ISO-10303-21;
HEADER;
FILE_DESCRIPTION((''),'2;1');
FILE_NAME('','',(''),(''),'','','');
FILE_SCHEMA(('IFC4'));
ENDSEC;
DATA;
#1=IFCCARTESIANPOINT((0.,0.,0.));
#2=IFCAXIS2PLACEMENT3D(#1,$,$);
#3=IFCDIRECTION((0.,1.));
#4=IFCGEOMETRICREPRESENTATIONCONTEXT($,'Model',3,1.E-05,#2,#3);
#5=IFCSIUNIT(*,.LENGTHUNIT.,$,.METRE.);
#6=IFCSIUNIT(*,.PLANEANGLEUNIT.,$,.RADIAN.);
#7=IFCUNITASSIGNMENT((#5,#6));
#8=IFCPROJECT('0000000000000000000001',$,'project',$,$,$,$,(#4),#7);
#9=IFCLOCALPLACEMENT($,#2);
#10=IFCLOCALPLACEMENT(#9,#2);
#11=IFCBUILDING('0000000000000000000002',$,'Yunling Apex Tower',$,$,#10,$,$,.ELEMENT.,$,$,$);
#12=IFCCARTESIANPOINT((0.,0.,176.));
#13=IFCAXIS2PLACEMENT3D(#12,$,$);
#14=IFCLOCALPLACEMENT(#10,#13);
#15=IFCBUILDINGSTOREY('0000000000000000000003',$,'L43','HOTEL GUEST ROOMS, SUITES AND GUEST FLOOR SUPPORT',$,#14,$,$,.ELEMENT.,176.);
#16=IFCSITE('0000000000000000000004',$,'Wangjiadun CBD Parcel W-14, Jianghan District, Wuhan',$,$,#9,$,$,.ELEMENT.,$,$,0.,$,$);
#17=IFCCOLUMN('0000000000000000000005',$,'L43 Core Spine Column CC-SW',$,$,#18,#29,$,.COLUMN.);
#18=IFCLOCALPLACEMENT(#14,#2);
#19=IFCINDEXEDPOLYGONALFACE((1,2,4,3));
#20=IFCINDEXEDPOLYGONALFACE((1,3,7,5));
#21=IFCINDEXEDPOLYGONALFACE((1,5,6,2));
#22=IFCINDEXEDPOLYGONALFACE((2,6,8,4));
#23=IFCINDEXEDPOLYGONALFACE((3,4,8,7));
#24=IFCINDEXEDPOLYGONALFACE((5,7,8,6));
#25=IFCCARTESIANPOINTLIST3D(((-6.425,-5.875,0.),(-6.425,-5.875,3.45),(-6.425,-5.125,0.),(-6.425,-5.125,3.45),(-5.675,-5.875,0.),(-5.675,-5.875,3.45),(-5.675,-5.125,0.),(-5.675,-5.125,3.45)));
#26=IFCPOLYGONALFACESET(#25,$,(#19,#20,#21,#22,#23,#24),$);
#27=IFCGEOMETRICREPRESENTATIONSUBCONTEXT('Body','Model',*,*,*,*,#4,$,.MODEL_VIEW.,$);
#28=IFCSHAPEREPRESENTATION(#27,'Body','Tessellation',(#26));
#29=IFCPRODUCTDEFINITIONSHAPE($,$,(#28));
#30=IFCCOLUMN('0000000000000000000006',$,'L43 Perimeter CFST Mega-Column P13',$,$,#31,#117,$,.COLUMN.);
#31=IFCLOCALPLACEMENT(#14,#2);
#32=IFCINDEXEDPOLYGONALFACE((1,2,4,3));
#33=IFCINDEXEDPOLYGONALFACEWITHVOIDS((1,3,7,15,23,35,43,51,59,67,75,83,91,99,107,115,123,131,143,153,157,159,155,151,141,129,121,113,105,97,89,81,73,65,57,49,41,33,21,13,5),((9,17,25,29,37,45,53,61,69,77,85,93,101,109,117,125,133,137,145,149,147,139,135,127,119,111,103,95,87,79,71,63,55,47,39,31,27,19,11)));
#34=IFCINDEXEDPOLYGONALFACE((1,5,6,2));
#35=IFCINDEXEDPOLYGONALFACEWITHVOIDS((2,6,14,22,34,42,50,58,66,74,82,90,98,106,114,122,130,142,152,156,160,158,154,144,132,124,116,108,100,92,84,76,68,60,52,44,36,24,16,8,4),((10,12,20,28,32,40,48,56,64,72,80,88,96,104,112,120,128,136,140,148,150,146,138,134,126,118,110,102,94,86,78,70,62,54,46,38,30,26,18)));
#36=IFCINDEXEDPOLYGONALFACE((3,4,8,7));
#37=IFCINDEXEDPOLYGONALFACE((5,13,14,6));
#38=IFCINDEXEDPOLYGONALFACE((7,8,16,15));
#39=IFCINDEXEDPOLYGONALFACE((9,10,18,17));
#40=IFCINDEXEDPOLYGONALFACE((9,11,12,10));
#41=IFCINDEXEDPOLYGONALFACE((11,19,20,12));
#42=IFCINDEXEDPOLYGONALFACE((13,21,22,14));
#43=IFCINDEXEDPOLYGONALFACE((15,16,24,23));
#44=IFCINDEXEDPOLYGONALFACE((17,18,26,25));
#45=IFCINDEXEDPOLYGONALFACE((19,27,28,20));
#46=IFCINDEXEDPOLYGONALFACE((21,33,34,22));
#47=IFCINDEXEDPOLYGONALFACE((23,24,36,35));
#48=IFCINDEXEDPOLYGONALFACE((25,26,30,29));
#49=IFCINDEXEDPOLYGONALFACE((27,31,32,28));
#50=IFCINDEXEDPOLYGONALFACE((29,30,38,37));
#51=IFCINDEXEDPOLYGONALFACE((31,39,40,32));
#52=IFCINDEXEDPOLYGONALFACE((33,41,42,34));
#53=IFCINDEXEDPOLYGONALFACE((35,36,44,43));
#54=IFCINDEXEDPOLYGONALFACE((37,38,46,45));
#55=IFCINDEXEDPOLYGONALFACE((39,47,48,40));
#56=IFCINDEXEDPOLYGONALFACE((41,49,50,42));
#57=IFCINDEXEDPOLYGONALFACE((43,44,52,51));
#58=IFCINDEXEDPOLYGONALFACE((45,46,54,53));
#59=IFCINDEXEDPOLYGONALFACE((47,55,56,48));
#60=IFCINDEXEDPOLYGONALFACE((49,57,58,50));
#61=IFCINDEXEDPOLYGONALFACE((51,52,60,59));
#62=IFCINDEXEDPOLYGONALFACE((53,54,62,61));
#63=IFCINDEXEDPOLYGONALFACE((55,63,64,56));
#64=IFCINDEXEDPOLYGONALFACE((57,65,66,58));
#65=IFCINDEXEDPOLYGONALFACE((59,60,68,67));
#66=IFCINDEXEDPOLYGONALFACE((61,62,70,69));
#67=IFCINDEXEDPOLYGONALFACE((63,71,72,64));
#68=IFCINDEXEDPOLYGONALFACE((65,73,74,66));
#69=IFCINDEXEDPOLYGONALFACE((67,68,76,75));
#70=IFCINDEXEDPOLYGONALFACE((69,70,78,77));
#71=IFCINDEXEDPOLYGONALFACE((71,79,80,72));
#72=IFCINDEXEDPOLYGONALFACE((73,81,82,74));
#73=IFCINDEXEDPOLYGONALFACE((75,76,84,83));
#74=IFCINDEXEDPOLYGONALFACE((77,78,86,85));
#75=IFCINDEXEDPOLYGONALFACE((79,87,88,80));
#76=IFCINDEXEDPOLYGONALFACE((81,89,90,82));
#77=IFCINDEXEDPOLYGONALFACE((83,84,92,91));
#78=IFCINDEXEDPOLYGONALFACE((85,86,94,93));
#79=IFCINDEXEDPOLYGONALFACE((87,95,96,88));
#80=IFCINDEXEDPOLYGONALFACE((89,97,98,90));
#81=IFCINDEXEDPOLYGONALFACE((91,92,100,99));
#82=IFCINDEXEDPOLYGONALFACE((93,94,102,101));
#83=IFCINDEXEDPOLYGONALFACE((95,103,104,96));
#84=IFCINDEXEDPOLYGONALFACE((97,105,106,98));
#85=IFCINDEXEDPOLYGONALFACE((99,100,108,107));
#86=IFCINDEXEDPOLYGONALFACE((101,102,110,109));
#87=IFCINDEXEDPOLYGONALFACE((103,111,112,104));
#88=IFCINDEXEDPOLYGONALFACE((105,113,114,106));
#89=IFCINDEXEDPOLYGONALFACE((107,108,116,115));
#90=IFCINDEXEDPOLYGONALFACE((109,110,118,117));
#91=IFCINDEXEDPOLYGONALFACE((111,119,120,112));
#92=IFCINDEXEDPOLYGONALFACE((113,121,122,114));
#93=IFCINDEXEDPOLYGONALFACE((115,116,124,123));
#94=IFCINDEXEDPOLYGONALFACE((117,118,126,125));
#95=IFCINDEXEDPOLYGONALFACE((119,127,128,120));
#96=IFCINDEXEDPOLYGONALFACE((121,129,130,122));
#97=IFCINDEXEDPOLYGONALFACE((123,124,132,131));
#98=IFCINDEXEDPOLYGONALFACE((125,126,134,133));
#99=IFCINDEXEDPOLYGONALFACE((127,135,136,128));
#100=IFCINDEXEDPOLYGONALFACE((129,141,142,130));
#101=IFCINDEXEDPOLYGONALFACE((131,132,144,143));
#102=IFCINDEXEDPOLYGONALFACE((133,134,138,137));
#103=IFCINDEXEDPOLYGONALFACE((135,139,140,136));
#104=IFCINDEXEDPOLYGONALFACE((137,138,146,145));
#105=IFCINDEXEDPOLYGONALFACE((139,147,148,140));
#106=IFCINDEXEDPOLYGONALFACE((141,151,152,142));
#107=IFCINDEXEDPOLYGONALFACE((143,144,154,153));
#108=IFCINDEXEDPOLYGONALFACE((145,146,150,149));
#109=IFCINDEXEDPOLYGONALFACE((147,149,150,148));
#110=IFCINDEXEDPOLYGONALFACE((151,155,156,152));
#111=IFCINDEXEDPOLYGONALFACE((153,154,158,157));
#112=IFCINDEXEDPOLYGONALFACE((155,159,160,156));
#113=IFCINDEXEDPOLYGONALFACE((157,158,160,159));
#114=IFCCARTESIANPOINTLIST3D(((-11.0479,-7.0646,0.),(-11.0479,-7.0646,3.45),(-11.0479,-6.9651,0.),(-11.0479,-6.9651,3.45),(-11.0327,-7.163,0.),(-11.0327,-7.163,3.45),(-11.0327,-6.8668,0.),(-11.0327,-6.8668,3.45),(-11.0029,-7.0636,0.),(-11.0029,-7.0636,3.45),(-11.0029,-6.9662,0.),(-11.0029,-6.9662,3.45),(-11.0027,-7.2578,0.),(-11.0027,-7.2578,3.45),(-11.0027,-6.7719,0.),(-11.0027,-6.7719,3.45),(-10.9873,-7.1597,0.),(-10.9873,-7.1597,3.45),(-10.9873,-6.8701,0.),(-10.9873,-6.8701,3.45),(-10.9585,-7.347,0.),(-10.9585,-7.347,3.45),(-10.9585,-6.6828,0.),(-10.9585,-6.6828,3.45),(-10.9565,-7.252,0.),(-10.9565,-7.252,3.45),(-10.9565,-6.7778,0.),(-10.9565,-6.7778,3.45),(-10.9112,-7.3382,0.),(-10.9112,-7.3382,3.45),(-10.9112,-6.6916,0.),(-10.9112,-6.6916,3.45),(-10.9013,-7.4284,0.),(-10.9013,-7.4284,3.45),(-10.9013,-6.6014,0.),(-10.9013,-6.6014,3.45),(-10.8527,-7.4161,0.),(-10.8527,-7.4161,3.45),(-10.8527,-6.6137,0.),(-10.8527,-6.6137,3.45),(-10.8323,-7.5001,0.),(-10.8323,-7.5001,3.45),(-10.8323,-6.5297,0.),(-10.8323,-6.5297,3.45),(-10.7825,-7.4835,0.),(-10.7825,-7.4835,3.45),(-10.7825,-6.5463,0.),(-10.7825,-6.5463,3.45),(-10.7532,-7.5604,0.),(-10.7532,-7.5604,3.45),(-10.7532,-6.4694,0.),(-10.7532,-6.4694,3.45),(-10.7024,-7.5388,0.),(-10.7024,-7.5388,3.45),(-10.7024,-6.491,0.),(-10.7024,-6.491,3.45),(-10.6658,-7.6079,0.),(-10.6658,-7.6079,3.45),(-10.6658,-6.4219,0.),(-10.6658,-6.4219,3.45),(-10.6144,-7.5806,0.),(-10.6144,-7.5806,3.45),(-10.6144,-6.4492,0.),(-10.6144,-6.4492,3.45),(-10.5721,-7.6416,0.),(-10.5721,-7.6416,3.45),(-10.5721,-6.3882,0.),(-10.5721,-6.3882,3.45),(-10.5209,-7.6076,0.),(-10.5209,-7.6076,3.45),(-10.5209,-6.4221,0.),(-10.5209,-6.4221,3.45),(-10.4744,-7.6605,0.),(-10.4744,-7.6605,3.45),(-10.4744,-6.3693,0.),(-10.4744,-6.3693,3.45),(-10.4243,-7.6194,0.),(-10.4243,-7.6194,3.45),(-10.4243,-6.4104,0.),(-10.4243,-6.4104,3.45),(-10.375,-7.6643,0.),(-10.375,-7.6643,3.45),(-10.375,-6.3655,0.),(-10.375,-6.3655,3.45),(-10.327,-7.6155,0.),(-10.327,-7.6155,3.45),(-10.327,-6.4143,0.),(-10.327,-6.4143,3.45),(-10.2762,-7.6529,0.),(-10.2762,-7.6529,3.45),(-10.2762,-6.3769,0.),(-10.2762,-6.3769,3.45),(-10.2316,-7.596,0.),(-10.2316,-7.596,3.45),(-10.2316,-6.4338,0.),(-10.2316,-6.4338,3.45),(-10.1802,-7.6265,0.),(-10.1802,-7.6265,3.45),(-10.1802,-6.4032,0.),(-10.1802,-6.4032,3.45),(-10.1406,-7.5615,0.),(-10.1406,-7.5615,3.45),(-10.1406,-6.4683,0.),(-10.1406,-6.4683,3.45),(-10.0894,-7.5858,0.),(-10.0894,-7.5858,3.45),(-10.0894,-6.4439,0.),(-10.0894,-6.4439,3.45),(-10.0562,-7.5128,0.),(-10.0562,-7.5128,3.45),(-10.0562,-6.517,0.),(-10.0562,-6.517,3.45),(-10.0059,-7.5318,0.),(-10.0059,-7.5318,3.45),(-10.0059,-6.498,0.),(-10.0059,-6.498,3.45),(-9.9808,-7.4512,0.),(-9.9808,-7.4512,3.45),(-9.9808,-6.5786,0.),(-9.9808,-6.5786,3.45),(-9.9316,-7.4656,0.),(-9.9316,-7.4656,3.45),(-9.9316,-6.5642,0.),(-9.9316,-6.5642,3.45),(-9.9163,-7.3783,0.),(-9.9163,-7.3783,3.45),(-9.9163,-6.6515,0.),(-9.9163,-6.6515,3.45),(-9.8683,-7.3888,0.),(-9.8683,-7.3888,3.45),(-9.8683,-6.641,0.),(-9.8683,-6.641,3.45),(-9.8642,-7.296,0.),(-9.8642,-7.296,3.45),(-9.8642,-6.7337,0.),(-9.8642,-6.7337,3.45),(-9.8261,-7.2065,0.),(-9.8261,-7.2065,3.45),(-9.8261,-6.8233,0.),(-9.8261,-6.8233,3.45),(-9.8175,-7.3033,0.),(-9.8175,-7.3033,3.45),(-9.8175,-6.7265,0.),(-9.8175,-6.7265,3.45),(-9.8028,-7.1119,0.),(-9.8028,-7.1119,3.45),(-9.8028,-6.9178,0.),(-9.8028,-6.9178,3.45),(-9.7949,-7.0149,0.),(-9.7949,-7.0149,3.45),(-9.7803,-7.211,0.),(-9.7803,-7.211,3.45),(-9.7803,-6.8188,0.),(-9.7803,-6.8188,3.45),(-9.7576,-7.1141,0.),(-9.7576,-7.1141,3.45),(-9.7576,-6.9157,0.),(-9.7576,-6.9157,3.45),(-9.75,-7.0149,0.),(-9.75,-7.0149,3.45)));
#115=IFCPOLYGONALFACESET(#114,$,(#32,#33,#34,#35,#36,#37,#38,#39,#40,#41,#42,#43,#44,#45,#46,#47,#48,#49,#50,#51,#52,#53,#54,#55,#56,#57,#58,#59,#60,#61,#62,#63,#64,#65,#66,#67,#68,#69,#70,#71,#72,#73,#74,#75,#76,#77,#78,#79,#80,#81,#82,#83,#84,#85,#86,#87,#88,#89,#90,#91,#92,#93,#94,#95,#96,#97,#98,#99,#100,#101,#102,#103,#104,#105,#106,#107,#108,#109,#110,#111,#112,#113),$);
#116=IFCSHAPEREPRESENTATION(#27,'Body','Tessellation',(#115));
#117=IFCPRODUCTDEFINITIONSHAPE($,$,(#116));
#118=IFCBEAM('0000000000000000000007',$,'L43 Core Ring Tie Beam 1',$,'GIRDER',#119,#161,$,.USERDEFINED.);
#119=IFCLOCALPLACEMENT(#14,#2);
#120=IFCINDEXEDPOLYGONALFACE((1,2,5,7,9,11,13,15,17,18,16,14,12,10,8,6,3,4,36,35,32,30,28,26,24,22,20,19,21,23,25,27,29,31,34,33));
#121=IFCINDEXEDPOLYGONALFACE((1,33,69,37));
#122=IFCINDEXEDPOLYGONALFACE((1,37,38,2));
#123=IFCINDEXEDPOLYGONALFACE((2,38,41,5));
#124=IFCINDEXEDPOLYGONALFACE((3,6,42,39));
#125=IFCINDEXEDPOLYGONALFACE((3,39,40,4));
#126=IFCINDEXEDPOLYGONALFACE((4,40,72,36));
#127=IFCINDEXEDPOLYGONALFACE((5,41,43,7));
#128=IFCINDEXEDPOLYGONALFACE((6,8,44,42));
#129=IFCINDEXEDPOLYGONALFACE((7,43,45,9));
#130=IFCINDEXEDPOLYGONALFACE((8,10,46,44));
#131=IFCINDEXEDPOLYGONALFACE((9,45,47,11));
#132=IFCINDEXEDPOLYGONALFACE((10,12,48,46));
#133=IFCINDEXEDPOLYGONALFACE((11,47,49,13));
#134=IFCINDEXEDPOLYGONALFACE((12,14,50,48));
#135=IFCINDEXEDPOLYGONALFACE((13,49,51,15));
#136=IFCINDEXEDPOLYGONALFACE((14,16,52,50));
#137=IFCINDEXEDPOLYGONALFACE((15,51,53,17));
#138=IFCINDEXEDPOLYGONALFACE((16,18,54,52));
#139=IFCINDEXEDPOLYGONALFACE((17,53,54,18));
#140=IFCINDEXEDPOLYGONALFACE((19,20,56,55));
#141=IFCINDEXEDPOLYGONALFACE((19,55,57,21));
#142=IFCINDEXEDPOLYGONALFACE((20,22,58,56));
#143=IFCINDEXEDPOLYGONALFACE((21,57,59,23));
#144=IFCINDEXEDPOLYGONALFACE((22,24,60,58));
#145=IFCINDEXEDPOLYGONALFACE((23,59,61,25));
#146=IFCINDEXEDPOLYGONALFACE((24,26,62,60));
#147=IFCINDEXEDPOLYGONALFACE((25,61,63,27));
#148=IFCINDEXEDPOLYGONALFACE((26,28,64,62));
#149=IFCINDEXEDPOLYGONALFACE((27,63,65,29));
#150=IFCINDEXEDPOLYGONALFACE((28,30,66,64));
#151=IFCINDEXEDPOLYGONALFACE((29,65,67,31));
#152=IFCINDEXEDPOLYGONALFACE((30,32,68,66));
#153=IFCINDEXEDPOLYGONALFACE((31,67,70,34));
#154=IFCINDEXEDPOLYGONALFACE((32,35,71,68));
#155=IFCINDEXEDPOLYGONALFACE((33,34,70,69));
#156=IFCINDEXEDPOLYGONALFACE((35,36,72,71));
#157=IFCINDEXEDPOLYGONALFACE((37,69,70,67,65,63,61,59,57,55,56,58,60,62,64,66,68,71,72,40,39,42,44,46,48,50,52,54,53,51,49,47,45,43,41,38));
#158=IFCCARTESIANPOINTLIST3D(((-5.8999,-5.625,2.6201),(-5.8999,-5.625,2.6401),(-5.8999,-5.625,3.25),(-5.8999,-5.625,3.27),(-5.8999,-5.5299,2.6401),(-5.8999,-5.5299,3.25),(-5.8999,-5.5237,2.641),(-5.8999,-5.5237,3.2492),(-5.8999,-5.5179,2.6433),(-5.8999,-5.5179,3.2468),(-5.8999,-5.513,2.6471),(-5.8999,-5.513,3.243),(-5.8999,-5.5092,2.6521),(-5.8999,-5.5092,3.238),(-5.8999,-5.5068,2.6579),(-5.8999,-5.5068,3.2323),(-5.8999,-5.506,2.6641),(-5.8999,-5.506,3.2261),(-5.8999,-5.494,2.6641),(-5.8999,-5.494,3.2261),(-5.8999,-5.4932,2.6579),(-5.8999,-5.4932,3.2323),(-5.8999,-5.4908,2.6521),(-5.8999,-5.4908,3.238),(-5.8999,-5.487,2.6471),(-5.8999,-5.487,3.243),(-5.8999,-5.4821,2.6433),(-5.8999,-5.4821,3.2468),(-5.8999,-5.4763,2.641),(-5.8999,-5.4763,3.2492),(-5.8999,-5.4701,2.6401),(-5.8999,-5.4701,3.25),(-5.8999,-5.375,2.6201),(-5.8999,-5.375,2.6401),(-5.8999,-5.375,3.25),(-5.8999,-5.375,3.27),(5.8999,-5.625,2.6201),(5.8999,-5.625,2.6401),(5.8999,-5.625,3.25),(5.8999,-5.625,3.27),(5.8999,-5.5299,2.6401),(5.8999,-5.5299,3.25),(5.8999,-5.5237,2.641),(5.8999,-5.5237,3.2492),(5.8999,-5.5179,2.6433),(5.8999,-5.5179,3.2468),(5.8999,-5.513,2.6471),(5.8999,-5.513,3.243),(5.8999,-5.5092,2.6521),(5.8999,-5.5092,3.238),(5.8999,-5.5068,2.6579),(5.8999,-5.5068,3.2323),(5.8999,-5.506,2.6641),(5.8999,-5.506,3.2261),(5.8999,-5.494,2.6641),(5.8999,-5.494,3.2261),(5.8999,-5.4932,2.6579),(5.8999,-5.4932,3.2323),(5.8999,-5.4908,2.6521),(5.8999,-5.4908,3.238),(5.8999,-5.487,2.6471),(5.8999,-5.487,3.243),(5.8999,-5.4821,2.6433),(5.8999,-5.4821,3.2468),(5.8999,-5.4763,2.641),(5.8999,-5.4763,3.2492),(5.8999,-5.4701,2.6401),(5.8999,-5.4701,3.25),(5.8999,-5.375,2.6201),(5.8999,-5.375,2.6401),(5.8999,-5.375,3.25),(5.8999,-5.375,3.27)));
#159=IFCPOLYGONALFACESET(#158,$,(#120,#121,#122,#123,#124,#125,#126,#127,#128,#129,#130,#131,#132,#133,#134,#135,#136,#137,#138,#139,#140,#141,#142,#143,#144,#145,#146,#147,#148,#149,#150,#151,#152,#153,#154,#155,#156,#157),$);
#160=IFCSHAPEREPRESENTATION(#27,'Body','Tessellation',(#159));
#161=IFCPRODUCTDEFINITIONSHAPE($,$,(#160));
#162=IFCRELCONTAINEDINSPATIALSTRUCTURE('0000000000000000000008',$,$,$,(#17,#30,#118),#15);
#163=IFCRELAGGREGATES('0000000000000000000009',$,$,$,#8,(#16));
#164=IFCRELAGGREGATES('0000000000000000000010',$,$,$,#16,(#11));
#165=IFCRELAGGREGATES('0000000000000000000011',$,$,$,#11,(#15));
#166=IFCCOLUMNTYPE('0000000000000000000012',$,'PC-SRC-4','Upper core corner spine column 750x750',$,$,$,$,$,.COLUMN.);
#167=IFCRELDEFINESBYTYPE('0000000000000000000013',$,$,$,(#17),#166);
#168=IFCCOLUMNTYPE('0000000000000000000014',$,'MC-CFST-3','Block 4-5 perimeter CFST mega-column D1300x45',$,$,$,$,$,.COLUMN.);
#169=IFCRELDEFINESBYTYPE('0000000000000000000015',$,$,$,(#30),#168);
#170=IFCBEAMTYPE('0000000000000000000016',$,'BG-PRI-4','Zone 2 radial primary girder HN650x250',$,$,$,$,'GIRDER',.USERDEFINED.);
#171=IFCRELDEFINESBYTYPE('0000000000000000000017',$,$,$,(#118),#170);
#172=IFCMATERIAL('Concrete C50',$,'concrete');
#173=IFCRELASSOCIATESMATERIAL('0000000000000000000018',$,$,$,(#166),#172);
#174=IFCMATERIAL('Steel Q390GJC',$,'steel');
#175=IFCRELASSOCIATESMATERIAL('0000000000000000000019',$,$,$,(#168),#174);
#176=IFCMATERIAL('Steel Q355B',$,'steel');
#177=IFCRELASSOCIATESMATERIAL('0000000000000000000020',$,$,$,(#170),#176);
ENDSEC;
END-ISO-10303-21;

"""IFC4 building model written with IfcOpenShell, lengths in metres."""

from ifc_helpers import new_model, si_unit, direction, frame, origin, origin_2d, place, context, subcontext, project, spatial, rectangle, hollow_circle, i_section, extrude, source, transform, mapped, material, material_profile, profile_set, type_object, element, save


model = new_model("IFC4")

# Units and contexts
model_context = context("Model", 3, precision=1e-05, world=origin(), true_north=direction((0.0, 1.0)))
body_context = subcontext(model_context, "Body", "Model", "MODEL_VIEW")
ifc_project = project(units=[si_unit("LENGTHUNIT", "METRE"), si_unit("PLANEANGLEUNIT", "RADIAN")], contexts=[model_context])

# Site, building, storey
site_placement = place(None, origin())
site = spatial("IfcSite", under=ifc_project, at=site_placement, Name="Wangjiadun CBD Parcel W-14, Jianghan District, Wuhan", CompositionType="ELEMENT", RefElevation=0.0)
building_placement = place(site_placement, origin())
building = spatial("IfcBuilding", under=site, at=building_placement, Name="Yunling Apex Tower", CompositionType="ELEMENT")
storey_placement = place(building_placement, frame((0.0, 0.0, 176.0)))
storey = spatial("IfcBuildingStorey", under=building, at=storey_placement, Name="L43", Description="HOTEL GUEST ROOMS, SUITES AND GUEST FLOOR SUPPORT", CompositionType="ELEMENT", Elevation=176.0)

# Columns
ifc_material_1 = material(Name="Concrete C50", Category="concrete")
ifc_material_profile_1 = material_profile(ifc_material_1, rectangle(XDim=0.75, YDim=0.75, at=origin_2d()))
ifc_profile_set_1 = profile_set([ifc_material_profile_1], Name="Concrete C50")
column_type_1 = type_object("IfcColumnType", Name="PC-SRC-4", Description="Upper core corner spine column 750x750", PredefinedType="COLUMN", material=ifc_profile_set_1)
shared_shape_1 = source(origin(), body_context, "Body", "SweptSolid", [
    extrude(rectangle(XDim=0.75, YDim=0.75, at=origin_2d()), origin(), (0.0, 0.0, 1.0), 3.45),
])
column_1_placement = place(storey_placement, frame((-6.05, -5.5, 0.0), z_axis=(0.0, 0.0, 1.0), x_axis=(1.0, 0.0, 0.0)))
element("IfcColumn", 1, at=column_1_placement, inside=storey, type_object=column_type_1, Name="L43 Core Spine Column CC-SW", PredefinedType="COLUMN", context=body_context, shape_type="MappedRepresentation", body=[
    mapped(shared_shape_1, transform((0.0, 0.0, 0.0), scale=1.0)),
])
ifc_material_2 = material(Name="Steel Q390GJC", Category="steel")
ifc_material_profile_2 = material_profile(ifc_material_2, hollow_circle(Radius=0.6499, WallThickness=0.0449, at=origin_2d()))
ifc_profile_set_2 = profile_set([ifc_material_profile_2], Name="Steel Q390GJC")
column_type_2 = type_object("IfcColumnType", Name="MC-CFST-3", Description="Block 4-5 perimeter CFST mega-column D1300x45", PredefinedType="COLUMN", material=ifc_profile_set_2)
shared_shape_2 = source(origin(), body_context, "Body", "SweptSolid", [
    extrude(hollow_circle(Radius=0.6499, WallThickness=0.0449, at=origin_2d()), origin(), (0.0, 0.0, 1.0), 3.45),
])
column_2_placement = place(storey_placement, frame((-10.3999, -7.0149, 0.0), z_axis=(0.0, 0.0, 1.0), x_axis=(1.0, 0.0, 0.0)))
element("IfcColumn", 2, at=column_2_placement, inside=storey, type_object=column_type_2, Name="L43 Perimeter CFST Mega-Column P13", PredefinedType="COLUMN", context=body_context, shape_type="MappedRepresentation", body=[
    mapped(shared_shape_2, transform((0.0, 0.0, 0.0), scale=1.0)),
])

# Beam
ifc_material_3 = material(Name="Steel Q355B", Category="steel")
ifc_material_profile_3 = material_profile(ifc_material_3, i_section(OverallWidth=0.25, OverallDepth=0.6499, WebThickness=0.012, FlangeThickness=0.02, FilletRadius=0.0239, at=origin_2d()))
ifc_profile_set_3 = profile_set([ifc_material_profile_3], Name="Steel Q355B")
beam_type_1 = type_object("IfcBeamType", Name="BG-PRI-4", Description="Zone 2 radial primary girder HN650x250", ElementType="GIRDER", PredefinedType="USERDEFINED", material=ifc_profile_set_3)
shared_shape_3 = source(origin(), body_context, "Body", "SweptSolid", [
    extrude(i_section(OverallWidth=0.25, OverallDepth=0.6499, WebThickness=0.012, FlangeThickness=0.02, FilletRadius=0.0239, at=origin_2d()), origin(), (0.0, 0.0, 1.0), 11.7998),
])
beam_1_placement = place(storey_placement, frame((-5.8999, -5.5, 2.9451), z_axis=(1.0, 0.0, 0.0), x_axis=(0.0, 1.0, 0.0)))
element("IfcBeam", 3, at=beam_1_placement, inside=storey, type_object=beam_type_1, Name="L43 Core Ring Tie Beam 1", ObjectType="GIRDER", PredefinedType="USERDEFINED", context=body_context, shape_type="MappedRepresentation", body=[
    mapped(shared_shape_3, transform((0.0, 0.0, 0.0), scale=1.0)),
])

save(model, "model.ifc")
